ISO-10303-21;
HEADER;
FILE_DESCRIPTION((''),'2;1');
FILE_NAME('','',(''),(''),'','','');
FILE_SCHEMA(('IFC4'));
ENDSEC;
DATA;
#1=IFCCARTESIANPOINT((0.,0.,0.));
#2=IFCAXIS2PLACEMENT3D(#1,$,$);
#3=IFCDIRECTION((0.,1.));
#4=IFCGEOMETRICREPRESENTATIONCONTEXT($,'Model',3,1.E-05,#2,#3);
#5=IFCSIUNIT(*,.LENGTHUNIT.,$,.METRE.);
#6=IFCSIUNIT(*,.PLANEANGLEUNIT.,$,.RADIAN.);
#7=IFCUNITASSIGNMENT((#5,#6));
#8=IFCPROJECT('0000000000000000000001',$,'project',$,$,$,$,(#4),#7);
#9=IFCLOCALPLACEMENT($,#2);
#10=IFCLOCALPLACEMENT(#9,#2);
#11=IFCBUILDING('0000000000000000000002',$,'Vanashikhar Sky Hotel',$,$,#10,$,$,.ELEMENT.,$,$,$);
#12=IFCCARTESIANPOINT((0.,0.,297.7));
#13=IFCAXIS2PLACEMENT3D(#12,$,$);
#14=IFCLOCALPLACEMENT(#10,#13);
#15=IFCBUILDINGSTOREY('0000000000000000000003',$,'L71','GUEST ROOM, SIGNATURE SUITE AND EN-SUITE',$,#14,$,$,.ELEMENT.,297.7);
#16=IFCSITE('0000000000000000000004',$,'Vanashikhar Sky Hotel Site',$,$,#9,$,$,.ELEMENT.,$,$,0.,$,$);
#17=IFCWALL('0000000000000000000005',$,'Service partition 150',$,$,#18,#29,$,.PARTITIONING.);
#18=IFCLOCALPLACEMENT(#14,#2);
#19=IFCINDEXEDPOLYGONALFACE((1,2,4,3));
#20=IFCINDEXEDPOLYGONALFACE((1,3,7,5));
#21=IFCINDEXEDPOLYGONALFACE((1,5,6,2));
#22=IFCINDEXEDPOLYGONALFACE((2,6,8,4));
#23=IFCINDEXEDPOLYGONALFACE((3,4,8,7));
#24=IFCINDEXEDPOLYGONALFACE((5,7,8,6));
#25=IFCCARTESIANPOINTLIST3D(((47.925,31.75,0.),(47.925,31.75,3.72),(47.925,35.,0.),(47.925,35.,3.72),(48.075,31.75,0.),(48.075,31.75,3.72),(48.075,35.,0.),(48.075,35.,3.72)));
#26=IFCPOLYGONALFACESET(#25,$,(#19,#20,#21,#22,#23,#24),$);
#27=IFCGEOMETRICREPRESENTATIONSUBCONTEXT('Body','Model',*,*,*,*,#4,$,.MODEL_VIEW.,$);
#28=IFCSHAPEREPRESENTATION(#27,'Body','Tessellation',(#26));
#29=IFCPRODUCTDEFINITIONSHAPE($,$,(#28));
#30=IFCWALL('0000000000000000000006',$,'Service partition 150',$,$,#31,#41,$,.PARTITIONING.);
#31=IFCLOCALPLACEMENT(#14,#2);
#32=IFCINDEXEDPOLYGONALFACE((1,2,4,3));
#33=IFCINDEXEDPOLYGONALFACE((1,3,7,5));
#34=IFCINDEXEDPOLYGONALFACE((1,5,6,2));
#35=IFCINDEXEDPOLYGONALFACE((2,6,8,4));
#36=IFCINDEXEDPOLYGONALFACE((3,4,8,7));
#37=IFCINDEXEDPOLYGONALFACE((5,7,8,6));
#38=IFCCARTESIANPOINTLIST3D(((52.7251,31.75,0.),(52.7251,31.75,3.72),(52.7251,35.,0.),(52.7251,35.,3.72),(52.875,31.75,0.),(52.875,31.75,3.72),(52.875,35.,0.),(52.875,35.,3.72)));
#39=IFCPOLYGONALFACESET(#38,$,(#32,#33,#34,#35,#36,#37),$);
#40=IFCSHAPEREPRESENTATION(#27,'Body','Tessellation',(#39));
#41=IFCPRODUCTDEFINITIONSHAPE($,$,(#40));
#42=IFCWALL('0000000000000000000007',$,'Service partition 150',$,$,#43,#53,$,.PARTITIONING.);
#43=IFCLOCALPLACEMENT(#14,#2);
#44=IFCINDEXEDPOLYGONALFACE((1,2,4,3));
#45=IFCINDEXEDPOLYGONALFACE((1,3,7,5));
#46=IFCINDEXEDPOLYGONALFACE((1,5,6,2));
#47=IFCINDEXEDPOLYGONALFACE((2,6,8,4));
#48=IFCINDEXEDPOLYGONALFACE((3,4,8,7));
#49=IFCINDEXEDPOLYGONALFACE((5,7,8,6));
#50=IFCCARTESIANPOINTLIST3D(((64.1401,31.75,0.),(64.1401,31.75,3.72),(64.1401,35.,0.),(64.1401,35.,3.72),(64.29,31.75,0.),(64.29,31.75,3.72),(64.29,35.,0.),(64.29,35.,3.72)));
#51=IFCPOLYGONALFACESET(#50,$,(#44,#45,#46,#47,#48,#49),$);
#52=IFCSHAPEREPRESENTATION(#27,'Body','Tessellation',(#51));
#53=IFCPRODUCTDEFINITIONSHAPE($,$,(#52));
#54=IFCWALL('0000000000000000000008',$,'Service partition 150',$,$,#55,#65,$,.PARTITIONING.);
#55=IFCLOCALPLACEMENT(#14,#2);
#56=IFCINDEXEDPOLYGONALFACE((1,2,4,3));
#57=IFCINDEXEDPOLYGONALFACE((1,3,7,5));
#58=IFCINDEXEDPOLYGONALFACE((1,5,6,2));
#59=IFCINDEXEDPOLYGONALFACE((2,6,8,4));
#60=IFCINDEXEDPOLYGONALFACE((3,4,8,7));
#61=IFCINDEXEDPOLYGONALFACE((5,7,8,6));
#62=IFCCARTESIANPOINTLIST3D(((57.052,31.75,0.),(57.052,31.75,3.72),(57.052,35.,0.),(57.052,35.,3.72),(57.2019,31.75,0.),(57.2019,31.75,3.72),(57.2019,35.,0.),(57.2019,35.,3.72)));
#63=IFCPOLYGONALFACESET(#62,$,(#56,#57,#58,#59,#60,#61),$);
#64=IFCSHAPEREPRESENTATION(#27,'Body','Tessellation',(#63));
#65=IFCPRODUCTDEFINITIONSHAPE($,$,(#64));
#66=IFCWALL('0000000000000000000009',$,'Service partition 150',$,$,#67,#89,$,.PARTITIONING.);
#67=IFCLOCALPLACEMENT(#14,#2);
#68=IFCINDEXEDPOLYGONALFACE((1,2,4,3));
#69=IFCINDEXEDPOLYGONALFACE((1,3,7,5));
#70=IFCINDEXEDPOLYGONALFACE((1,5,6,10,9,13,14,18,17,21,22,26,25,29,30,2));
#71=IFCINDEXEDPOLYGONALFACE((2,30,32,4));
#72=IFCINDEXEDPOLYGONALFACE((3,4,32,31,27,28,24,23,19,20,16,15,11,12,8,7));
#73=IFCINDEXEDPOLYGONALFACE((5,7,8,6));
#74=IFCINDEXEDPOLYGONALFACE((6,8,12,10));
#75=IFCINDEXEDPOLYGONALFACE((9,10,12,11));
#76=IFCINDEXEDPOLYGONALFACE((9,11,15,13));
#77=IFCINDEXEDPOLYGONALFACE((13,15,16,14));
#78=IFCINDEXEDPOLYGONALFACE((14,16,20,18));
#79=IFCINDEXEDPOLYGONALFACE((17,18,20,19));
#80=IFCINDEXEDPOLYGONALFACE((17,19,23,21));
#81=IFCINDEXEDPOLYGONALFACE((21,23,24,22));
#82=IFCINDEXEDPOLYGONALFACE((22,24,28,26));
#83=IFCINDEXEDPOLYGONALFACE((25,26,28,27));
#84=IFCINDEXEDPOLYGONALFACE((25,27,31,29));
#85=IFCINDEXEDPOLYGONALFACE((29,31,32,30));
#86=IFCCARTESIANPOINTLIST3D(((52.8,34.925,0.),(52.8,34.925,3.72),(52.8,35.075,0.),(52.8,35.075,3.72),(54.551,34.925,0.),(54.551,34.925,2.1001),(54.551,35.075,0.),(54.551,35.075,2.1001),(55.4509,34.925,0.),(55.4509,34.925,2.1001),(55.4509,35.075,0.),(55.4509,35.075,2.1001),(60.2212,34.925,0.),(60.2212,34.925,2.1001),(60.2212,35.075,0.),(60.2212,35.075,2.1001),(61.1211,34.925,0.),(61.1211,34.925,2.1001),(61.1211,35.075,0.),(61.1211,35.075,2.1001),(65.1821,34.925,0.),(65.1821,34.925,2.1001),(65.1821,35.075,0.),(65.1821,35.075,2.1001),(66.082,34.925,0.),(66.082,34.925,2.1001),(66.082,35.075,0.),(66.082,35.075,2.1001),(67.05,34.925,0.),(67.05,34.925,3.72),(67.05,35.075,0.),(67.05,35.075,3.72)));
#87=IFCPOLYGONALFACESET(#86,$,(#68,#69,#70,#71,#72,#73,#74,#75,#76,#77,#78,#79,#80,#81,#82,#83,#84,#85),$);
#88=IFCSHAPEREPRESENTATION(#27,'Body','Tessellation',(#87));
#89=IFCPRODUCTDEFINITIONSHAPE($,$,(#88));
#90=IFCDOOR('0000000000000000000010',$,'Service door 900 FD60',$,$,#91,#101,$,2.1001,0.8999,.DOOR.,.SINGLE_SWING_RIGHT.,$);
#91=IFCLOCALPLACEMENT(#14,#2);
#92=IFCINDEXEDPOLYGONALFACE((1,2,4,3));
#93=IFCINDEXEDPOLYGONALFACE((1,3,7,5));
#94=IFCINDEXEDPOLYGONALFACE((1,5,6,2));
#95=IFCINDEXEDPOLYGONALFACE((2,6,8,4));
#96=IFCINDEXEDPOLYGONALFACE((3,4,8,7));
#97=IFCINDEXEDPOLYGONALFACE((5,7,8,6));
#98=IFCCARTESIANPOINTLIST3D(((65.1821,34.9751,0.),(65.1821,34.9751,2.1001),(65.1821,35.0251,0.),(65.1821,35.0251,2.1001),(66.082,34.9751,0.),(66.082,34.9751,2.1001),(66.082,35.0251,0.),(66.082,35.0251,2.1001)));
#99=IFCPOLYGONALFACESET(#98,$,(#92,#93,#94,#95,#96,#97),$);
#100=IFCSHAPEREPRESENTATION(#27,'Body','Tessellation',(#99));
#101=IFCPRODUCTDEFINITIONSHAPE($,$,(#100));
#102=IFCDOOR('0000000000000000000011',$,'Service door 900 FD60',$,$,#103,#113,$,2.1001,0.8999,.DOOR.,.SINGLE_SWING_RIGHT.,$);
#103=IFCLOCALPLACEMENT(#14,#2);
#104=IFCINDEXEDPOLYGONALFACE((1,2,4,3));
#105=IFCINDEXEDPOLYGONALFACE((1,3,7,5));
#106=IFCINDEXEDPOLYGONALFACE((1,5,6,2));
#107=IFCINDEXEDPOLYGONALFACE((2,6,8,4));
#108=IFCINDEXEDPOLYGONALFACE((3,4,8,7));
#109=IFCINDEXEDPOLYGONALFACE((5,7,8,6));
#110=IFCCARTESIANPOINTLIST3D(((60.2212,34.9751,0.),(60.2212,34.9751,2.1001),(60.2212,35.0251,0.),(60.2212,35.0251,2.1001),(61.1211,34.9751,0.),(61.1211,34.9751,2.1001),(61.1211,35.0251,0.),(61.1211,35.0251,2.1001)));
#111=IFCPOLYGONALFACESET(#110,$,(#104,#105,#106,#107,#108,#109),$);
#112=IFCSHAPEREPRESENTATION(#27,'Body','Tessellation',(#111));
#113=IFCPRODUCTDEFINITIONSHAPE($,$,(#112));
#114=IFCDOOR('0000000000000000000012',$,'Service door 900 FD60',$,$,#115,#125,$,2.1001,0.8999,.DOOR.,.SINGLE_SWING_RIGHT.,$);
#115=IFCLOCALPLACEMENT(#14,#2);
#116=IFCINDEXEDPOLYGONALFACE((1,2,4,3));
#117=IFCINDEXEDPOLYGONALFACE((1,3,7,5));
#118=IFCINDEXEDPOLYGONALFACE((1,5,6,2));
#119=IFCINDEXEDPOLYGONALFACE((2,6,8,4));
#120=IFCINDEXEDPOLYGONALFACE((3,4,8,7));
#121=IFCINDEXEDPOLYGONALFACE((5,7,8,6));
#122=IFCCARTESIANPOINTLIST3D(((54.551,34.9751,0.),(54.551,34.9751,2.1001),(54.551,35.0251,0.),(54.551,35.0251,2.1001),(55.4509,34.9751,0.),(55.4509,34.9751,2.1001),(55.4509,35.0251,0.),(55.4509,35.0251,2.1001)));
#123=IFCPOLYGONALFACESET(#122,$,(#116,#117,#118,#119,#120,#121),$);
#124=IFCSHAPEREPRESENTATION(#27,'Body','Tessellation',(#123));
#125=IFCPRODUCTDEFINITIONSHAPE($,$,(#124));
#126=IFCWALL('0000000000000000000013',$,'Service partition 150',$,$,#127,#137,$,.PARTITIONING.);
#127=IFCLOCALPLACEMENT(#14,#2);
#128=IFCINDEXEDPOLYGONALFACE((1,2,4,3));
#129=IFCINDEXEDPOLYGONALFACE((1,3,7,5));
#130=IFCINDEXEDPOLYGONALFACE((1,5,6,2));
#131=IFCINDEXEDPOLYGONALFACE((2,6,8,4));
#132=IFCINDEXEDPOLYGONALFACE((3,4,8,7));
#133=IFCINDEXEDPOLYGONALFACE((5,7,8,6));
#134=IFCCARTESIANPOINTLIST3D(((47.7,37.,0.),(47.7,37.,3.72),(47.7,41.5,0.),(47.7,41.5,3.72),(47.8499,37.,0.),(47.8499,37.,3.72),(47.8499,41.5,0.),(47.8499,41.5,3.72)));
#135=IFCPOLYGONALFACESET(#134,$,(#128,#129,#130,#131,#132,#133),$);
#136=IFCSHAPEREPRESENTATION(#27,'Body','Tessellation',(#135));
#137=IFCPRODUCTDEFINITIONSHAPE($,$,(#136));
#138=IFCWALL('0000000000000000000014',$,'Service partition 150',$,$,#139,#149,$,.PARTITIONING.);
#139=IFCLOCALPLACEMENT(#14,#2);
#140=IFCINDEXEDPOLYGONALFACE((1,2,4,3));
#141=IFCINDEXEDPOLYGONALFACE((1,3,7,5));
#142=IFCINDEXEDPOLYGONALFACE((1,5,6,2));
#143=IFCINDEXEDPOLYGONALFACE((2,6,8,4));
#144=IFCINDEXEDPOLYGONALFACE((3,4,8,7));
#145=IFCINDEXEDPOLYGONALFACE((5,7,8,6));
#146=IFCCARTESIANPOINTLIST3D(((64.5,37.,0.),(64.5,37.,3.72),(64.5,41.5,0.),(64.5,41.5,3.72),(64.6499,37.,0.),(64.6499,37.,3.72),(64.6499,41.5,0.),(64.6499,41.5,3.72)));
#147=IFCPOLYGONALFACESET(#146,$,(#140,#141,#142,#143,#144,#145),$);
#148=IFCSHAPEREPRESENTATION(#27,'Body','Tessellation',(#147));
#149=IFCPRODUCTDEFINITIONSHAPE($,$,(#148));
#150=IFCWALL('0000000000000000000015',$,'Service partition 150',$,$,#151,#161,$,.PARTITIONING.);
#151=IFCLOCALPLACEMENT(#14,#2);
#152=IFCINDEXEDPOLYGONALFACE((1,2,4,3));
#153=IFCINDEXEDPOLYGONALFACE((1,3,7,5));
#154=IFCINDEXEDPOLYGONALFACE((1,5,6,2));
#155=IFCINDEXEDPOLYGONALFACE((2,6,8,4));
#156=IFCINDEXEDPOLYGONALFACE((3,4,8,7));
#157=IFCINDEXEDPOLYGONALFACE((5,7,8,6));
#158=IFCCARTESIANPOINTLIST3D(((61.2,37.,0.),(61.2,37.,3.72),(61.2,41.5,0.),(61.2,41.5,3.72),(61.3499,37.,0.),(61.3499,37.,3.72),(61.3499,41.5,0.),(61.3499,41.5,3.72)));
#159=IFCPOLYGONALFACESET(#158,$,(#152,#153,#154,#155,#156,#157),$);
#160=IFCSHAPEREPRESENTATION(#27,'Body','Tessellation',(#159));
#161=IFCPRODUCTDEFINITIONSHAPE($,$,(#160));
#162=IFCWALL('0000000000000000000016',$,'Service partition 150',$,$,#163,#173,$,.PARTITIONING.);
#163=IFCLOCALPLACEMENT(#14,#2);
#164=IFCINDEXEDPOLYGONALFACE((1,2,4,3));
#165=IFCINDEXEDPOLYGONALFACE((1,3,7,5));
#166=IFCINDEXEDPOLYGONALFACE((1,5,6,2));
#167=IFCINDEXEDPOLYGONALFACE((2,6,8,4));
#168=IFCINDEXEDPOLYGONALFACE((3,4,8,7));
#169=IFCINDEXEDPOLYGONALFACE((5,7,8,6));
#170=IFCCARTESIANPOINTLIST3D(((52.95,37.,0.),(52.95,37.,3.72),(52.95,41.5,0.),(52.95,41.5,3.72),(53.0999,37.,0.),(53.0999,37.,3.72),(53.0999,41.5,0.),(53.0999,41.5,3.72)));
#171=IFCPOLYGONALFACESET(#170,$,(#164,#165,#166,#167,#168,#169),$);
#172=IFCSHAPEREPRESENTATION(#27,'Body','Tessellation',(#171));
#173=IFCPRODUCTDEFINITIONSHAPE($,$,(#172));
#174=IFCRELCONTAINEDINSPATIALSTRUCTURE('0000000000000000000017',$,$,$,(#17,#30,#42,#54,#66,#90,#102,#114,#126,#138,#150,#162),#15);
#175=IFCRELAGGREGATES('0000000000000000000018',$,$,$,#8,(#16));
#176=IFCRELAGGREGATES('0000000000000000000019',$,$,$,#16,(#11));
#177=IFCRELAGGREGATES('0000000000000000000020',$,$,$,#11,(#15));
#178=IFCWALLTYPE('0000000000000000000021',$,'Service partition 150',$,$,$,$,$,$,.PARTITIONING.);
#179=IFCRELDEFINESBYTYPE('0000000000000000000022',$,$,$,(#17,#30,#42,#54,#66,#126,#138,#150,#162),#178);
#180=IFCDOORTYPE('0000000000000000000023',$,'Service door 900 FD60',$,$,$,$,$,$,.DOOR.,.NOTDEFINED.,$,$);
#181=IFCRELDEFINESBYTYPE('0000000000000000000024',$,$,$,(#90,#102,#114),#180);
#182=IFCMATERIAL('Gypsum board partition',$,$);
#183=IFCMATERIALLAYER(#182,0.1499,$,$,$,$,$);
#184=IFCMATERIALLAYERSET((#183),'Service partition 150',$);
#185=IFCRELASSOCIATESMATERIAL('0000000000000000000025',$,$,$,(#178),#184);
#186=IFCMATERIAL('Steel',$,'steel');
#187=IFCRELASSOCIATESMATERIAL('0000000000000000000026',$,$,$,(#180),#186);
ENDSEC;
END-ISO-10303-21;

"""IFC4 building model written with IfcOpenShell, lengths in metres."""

from ifc_helpers import new_model, si_unit, direction, frame, frame_2d, origin, place, context, subcontext, project, spatial, rectangle, extrude, source, transform, mapped, material, layer, layer_set, type_object, element, fill, save


model = new_model("IFC4")

# Units and contexts
model_context = context("Model", 3, precision=1e-05, world=origin(), true_north=direction((0.0, 1.0)))
body_context = subcontext(model_context, "Body", "Model", "MODEL_VIEW")
ifc_project = project(units=[si_unit("LENGTHUNIT", "METRE"), si_unit("PLANEANGLEUNIT", "RADIAN")], contexts=[model_context])

# Site, building, storey
site_placement = place(None, origin())
site = spatial("IfcSite", under=ifc_project, at=site_placement, Name="Vanashikhar Sky Hotel Site", CompositionType="ELEMENT", RefElevation=0.0)
building_placement = place(site_placement, origin())
building = spatial("IfcBuilding", under=site, at=building_placement, Name="Vanashikhar Sky Hotel", CompositionType="ELEMENT")
storey_placement = place(building_placement, frame((0.0, 0.0, 297.7)))
storey = spatial("IfcBuildingStorey", under=building, at=storey_placement, Name="L71", Description="GUEST ROOM, SIGNATURE SUITE AND EN-SUITE", CompositionType="ELEMENT", Elevation=297.7)

# Shared definitions
ifc_material_1 = material(Name="Steel", Category="steel")

# Walls
ifc_material_2 = material(Name="Gypsum board partition")
ifc_layer_1 = layer(ifc_material_2, 0.1499)
ifc_layer_set_1 = layer_set([ifc_layer_1], Name="Service partition 150")
wall_type_1 = type_object("IfcWallType", Name="Service partition 150", PredefinedType="PARTITIONING", material=ifc_layer_set_1)
shared_shape_1 = source(origin(), body_context, "Body", "SweptSolid", [
    extrude(rectangle(XDim=3.25, YDim=0.1499, at=frame_2d((1.625, 0.0))), origin(), (0.0, 0.0, 1.0), 3.72),
])
for number, where, z_axis, x_axis, name in (
    (1, (48.0, 31.75, 0.0), (0.0, 0.0, 1.0), (0.0, 1.0, 0.0), "Service partition 150"),
    (2, (52.8, 31.75, 0.0), (0.0, 0.0, 1.0), (0.0, 1.0, 0.0), "Service partition 150"),
    (3, (64.2151, 31.75, 0.0), (0.0, 0.0, 1.0), (0.0, 1.0, 0.0), "Service partition 150"),
    (4, (57.127, 31.75, 0.0), (0.0, 0.0, 1.0), (0.0, 1.0, 0.0), "Service partition 150"),
):
    element("IfcWall", number, at=place(storey_placement, frame(where, z_axis=z_axis, x_axis=x_axis)), inside=storey, type_object=wall_type_1, Name=name, PredefinedType="PARTITIONING", context=body_context, shape_type="MappedRepresentation", body=[
        mapped(shared_shape_1, transform((0.0, 0.0, 0.0), scale=1.0)),
    ])

# Wall, openings, doors
shared_shape_2 = source(origin(), body_context, "Body", "SweptSolid", [
    extrude(rectangle(XDim=14.25, YDim=0.1499, at=frame_2d((7.125, 0.0))), origin(), (0.0, 0.0, 1.0), 3.72),
])
wall_1_placement = place(storey_placement, frame((67.05, 35.0, 0.0), z_axis=(0.0, 0.0, 1.0), x_axis=(-1.0, 0.0, 0.0)))
wall_1 = element("IfcWall", 5, at=wall_1_placement, inside=storey, type_object=wall_type_1, Name="Service partition 150", PredefinedType="PARTITIONING", context=body_context, shape_type="MappedRepresentation", body=[
    mapped(shared_shape_2, transform((0.0, 0.0, 0.0), scale=1.0)),
])
shared_shape_3 = source(origin(), body_context, "Body", "SweptSolid", [
    extrude(rectangle(XDim=0.8999, YDim=2.1001, at=frame_2d((0.45, 1.05))), frame((0.0, 0.085, 0.0), z_axis=(0.0, -1.0, 0.0), x_axis=(1.0, 0.0, 0.0)), (0.0, 0.0, 1.0), 0.1699),
])
opening_1_placement = place(wall_1_placement, frame((0.968, 0.0, 0.0)))
opening_1 = element("IfcOpeningElement", 6, at=opening_1_placement, cuts=wall_1, PredefinedType="OPENING", context=body_context, shape_type="MappedRepresentation", body=[
    mapped(shared_shape_3, transform((0.0, 0.0, 0.0), scale=1.0)),
])
opening_2_placement = place(wall_1_placement, frame((5.929, 0.0, 0.0)))
opening_2 = element("IfcOpeningElement", 7, at=opening_2_placement, cuts=wall_1, PredefinedType="OPENING", context=body_context, shape_type="MappedRepresentation", body=[
    mapped(shared_shape_3, transform((0.0, 0.0, 0.0), scale=1.0)),
])
opening_3_placement = place(wall_1_placement, frame((11.5991, 0.0, 0.0)))
opening_3 = element("IfcOpeningElement", 8, at=opening_3_placement, cuts=wall_1, PredefinedType="OPENING", context=body_context, shape_type="MappedRepresentation", body=[
    mapped(shared_shape_3, transform((0.0, 0.0, 0.0), scale=1.0)),
])
door_type_1 = type_object("IfcDoorType", Name="Service door 900 FD60", OperationType="NOTDEFINED", PredefinedType="DOOR", material=ifc_material_1)
shared_shape_4 = source(origin(), body_context, "Body", "SweptSolid", [
    extrude(rectangle(XDim=0.8999, YDim=2.1001, at=frame_2d((0.45, 1.05))), frame((0.0, 0.0249, 0.0), z_axis=(0.0, -1.0, 0.0), x_axis=(1.0, 0.0, 0.0)), (0.0, 0.0, 1.0), 0.05),
])
door_1_placement = place(opening_1_placement, origin())
door_1 = element("IfcDoor", 9, at=door_1_placement, inside=storey, type_object=door_type_1, Name="Service door 900 FD60", OperationType="SINGLE_SWING_RIGHT", OverallHeight=2.1001, OverallWidth=0.8999, PredefinedType="DOOR", context=body_context, shape_type="MappedRepresentation", body=[
    mapped(shared_shape_4, transform((0.0, 0.0, 0.0), scale=1.0)),
])
fill(opening_1, door_1)
door_2_placement = place(opening_2_placement, origin())
door_2 = element("IfcDoor", 10, at=door_2_placement, inside=storey, type_object=door_type_1, Name="Service door 900 FD60", OperationType="SINGLE_SWING_RIGHT", OverallHeight=2.1001, OverallWidth=0.8999, PredefinedType="DOOR", context=body_context, shape_type="MappedRepresentation", body=[
    mapped(shared_shape_4, transform((0.0, 0.0, 0.0), scale=1.0)),
])
fill(opening_2, door_2)
door_3_placement = place(opening_3_placement, origin())
door_3 = element("IfcDoor", 11, at=door_3_placement, inside=storey, type_object=door_type_1, Name="Service door 900 FD60", OperationType="SINGLE_SWING_RIGHT", OverallHeight=2.1001, OverallWidth=0.8999, PredefinedType="DOOR", context=body_context, shape_type="MappedRepresentation", body=[
    mapped(shared_shape_4, transform((0.0, 0.0, 0.0), scale=1.0)),
])
fill(opening_3, door_3)

# Walls
shared_shape_5 = source(origin(), body_context, "Body", "SweptSolid", [
    extrude(rectangle(XDim=4.5, YDim=0.1499, at=frame_2d((2.25, 0.0))), origin(), (0.0, 0.0, 1.0), 3.72),
])
for number, where, z_axis, x_axis, name in (
    (12, (47.7749, 37.0, 0.0), (0.0, 0.0, 1.0), (0.0, 1.0, 0.0), "Service partition 150"),
    (13, (64.575, 37.0, 0.0), (0.0, 0.0, 1.0), (0.0, 1.0, 0.0), "Service partition 150"),
    (14, (61.2749, 37.0, 0.0), (0.0, 0.0, 1.0), (0.0, 1.0, 0.0), "Service partition 150"),
    (15, (53.0249, 37.0, 0.0), (0.0, 0.0, 1.0), (0.0, 1.0, 0.0), "Service partition 150"),
):
    element("IfcWall", number, at=place(storey_placement, frame(where, z_axis=z_axis, x_axis=x_axis)), inside=storey, type_object=wall_type_1, Name=name, PredefinedType="PARTITIONING", context=body_context, shape_type="MappedRepresentation", body=[
        mapped(shared_shape_5, transform((0.0, 0.0, 0.0), scale=1.0)),
    ])

save(model, "model.ifc")
